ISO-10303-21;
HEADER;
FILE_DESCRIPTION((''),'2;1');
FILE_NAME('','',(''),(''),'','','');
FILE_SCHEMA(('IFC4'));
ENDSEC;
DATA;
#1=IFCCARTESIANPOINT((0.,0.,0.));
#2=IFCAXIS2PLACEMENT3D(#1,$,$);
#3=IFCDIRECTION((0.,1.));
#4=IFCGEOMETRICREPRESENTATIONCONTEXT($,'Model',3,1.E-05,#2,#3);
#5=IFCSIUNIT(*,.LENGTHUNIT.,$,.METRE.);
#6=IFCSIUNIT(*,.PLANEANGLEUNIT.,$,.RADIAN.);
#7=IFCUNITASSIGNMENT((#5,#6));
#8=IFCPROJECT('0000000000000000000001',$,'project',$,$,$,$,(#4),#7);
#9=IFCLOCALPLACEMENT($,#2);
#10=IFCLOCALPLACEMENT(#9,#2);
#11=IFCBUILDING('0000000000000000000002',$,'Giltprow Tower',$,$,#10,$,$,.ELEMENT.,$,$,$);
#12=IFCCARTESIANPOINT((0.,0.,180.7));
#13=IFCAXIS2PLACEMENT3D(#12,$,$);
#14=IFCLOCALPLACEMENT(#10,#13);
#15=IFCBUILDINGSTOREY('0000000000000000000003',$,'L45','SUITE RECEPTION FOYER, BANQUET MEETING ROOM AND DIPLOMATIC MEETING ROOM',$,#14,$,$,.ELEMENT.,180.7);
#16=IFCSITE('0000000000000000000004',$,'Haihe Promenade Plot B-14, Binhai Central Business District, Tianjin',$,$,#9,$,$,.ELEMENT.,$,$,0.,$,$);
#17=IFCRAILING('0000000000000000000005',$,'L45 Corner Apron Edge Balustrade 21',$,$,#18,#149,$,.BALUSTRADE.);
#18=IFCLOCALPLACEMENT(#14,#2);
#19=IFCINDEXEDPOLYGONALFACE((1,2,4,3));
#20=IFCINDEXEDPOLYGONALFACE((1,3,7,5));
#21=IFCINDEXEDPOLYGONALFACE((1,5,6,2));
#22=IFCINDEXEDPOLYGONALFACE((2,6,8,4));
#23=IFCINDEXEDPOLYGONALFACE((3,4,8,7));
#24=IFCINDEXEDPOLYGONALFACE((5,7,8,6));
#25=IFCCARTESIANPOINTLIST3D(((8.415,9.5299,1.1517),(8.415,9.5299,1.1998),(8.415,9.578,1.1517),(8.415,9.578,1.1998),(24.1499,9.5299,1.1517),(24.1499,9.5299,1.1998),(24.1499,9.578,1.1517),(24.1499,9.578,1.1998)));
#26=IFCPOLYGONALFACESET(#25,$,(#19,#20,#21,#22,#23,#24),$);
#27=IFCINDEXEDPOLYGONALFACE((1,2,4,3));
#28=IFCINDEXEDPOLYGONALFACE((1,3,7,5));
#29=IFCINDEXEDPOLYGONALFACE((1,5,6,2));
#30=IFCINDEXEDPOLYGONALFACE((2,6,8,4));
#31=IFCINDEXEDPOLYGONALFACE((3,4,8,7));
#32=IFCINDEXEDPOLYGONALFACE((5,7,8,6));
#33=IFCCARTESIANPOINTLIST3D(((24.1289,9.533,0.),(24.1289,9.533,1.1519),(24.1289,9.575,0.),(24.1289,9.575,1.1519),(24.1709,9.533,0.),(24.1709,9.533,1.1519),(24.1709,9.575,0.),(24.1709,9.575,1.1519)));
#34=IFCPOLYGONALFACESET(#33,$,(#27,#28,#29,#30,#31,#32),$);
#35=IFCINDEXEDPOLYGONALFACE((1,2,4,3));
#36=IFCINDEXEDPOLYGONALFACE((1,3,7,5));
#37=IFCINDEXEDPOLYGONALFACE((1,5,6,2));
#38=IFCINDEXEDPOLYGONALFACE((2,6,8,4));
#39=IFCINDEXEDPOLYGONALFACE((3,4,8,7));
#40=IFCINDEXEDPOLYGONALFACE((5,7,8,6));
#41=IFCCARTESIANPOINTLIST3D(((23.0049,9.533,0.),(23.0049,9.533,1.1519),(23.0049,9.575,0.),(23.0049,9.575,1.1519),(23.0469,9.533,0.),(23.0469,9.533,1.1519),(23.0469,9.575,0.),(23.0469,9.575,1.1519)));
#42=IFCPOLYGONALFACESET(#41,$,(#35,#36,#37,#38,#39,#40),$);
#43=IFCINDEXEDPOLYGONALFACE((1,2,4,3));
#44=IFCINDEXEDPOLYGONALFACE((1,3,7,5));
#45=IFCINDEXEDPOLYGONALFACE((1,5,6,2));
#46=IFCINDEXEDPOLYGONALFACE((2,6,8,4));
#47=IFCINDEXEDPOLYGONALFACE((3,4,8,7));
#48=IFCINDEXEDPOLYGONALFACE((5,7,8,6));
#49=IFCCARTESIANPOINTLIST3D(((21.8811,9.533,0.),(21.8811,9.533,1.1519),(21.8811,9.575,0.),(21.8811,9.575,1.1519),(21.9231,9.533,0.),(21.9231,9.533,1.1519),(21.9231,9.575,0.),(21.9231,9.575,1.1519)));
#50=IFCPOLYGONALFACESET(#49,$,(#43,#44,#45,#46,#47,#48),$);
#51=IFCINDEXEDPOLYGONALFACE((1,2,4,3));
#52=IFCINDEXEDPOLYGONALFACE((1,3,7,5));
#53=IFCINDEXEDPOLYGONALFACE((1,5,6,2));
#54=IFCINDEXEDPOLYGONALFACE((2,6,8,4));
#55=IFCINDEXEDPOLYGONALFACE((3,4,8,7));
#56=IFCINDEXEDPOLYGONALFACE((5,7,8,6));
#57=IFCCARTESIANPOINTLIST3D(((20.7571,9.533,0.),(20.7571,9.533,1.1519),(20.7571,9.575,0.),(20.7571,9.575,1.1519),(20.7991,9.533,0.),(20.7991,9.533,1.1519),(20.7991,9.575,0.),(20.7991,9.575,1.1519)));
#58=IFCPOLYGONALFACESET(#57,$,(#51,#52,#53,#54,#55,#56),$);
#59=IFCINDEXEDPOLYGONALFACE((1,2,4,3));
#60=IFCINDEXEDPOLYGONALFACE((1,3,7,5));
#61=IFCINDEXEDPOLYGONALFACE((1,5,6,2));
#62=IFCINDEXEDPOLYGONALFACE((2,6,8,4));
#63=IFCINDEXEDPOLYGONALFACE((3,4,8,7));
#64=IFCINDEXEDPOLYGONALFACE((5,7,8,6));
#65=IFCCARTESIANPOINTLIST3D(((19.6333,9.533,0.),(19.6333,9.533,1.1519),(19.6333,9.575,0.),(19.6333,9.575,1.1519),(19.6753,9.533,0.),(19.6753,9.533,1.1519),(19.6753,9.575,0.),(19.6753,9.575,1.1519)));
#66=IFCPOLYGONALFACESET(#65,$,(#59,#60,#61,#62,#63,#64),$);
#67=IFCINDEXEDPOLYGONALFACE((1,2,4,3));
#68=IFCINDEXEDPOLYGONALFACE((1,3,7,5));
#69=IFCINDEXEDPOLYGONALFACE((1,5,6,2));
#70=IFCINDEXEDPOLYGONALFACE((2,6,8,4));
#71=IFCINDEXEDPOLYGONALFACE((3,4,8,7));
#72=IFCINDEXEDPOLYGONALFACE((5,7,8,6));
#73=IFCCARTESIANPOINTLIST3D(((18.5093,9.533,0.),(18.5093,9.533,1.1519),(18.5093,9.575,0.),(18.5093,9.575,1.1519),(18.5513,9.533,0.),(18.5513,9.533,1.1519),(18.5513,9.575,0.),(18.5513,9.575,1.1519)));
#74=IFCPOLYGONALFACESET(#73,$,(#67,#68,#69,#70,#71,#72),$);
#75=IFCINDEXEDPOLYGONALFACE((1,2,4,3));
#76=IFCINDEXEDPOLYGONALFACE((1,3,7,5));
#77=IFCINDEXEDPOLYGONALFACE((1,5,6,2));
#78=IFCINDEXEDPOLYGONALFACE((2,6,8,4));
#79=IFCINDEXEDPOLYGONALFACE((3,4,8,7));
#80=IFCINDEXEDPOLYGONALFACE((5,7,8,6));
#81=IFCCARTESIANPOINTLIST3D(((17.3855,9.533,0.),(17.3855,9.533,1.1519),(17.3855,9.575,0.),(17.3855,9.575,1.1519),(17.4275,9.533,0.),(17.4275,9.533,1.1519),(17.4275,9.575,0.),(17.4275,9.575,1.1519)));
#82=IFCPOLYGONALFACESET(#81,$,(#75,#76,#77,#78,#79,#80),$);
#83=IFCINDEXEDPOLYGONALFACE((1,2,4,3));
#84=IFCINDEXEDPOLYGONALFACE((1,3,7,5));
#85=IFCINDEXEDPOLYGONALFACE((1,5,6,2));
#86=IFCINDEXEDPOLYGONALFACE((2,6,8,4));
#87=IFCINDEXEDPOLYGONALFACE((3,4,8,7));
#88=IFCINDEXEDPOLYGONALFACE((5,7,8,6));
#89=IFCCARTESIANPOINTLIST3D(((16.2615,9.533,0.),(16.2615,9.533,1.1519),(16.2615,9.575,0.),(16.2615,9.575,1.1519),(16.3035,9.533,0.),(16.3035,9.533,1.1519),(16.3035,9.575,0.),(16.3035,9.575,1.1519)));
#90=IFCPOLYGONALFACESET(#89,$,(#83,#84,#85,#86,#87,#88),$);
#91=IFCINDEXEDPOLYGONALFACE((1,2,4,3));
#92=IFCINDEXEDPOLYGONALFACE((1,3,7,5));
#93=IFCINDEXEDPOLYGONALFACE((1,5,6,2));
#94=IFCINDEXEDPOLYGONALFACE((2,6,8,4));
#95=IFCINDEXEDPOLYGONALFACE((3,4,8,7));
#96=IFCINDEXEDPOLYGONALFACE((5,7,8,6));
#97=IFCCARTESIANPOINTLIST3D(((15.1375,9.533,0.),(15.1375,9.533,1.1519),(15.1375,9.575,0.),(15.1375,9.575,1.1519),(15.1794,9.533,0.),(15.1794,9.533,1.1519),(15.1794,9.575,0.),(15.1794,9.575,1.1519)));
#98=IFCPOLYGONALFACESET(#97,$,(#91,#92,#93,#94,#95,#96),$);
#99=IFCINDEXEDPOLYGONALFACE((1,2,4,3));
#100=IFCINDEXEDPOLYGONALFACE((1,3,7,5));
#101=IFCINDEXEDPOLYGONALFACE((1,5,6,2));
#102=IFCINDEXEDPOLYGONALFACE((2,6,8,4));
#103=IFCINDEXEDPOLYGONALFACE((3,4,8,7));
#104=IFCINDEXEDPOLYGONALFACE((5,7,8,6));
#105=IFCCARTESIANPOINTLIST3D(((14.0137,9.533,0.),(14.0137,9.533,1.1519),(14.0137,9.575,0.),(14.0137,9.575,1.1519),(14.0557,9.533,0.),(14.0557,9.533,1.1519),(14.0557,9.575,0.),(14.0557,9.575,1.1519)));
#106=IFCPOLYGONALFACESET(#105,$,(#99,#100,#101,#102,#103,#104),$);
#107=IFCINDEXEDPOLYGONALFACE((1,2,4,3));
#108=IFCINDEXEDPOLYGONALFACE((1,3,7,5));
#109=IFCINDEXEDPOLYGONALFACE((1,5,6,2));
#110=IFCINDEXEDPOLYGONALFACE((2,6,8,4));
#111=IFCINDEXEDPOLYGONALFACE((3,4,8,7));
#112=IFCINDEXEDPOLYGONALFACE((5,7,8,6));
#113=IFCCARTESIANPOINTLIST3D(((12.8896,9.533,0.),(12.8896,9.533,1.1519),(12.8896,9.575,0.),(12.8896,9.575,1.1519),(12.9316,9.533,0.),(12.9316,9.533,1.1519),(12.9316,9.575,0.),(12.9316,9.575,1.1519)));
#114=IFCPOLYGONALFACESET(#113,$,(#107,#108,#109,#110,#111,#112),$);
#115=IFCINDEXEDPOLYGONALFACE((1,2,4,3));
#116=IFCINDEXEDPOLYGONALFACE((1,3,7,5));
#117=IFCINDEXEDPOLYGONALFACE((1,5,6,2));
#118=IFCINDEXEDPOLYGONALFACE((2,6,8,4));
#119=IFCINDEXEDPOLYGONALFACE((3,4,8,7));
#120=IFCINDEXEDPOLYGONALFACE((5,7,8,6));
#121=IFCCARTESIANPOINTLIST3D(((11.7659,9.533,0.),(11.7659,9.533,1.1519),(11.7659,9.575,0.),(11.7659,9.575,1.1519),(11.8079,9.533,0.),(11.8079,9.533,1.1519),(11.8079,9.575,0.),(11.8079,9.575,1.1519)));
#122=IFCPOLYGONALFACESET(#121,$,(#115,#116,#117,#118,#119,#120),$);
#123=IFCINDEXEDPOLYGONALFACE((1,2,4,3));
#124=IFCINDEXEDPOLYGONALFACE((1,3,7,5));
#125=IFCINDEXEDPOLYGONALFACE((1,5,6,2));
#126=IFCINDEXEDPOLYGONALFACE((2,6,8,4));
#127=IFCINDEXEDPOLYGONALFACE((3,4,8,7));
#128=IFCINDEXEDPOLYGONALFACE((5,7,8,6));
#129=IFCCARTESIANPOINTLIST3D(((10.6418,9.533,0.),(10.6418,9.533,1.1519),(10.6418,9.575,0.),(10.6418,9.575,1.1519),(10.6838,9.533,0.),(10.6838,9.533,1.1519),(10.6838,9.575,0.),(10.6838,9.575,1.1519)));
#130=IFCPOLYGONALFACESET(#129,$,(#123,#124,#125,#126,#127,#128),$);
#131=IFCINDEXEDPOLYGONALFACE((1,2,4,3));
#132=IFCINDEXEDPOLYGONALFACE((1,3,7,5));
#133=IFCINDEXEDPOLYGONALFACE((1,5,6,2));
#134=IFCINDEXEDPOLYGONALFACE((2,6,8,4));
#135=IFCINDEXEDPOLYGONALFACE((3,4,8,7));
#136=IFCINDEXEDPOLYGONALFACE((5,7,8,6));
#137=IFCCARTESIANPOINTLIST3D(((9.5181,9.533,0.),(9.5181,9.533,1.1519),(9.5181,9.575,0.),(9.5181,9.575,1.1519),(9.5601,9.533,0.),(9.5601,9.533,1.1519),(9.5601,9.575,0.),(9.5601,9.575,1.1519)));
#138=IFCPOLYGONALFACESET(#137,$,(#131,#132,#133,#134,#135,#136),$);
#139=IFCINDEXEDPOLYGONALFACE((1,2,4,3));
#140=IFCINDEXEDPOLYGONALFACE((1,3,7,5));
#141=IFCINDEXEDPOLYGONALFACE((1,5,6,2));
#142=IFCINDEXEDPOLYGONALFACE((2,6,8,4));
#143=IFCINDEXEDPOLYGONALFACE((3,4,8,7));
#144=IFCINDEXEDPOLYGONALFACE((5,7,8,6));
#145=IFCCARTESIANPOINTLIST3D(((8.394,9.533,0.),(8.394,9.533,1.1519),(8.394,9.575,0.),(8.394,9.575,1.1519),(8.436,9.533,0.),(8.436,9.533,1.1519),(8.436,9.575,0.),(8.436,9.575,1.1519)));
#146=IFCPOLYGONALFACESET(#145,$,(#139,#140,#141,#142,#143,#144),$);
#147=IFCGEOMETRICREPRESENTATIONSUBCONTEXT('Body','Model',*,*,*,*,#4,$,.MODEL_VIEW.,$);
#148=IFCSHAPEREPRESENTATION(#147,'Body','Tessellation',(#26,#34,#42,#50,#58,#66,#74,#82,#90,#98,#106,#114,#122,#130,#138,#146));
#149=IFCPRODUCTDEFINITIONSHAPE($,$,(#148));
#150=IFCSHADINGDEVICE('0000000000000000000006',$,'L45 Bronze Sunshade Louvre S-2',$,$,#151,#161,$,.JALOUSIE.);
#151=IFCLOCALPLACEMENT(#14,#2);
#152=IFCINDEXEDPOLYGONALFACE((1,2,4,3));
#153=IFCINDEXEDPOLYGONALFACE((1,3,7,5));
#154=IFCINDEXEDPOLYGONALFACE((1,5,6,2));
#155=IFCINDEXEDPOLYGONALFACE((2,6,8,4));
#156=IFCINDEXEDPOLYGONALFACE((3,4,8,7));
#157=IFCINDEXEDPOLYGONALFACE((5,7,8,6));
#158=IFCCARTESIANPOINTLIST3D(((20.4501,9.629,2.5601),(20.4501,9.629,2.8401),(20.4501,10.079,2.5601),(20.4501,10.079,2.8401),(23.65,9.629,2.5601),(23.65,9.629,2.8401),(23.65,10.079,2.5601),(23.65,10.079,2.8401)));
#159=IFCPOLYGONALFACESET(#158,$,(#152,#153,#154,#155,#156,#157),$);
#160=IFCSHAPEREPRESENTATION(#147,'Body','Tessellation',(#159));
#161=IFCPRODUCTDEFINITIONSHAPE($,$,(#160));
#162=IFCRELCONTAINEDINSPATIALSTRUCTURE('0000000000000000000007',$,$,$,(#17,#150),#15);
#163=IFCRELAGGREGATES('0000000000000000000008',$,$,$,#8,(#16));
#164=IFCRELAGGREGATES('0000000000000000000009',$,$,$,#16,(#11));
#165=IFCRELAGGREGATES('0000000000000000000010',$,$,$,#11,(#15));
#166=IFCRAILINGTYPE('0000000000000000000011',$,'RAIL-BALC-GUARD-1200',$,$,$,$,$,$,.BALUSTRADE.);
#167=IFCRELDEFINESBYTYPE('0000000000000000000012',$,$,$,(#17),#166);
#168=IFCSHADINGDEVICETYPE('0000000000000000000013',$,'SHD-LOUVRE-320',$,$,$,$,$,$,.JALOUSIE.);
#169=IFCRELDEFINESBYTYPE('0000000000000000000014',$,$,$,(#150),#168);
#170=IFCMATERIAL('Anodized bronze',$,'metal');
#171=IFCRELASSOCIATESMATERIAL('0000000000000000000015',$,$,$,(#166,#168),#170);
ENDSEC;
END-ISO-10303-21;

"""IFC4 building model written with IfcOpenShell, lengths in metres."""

from ifc_helpers import new_model, si_unit, direction, frame, origin, origin_2d, place, context, subcontext, project, spatial, rectangle, extrude, source, transform, mapped, material, type_object, element, save


model = new_model("IFC4")

# Units and contexts
model_context = context("Model", 3, precision=1e-05, world=origin(), true_north=direction((0.0, 1.0)))
body_context = subcontext(model_context, "Body", "Model", "MODEL_VIEW")
ifc_project = project(units=[si_unit("LENGTHUNIT", "METRE"), si_unit("PLANEANGLEUNIT", "RADIAN")], contexts=[model_context])

# Site, building, storey
site_placement = place(None, origin())
site = spatial("IfcSite", under=ifc_project, at=site_placement, Name="Haihe Promenade Plot B-14, Binhai Central Business District, Tianjin", CompositionType="ELEMENT", RefElevation=0.0)
building_placement = place(site_placement, origin())
building = spatial("IfcBuilding", under=site, at=building_placement, Name="Giltprow Tower", CompositionType="ELEMENT")
storey_placement = place(building_placement, frame((0.0, 0.0, 180.7)))
storey = spatial("IfcBuildingStorey", under=building, at=storey_placement, Name="L45", Description="SUITE RECEPTION FOYER, BANQUET MEETING ROOM AND DIPLOMATIC MEETING ROOM", CompositionType="ELEMENT", Elevation=180.7)

# Railing
ifc_material_1 = material(Name="Anodized bronze", Category="metal")
railing_type = type_object("IfcRailingType", Name="RAIL-BALC-GUARD-1200", PredefinedType="BALUSTRADE", material=ifc_material_1)
railing_1_placement = place(storey_placement, frame((24.1499, 9.554, 0.0)))
element("IfcRailing", 1, at=railing_1_placement, inside=storey, type_object=railing_type, Name="L45 Corner Apron Edge Balustrade 21", PredefinedType="BALUSTRADE", context=body_context, shape_type="SweptSolid", body=[
    extrude(rectangle(XDim=0.0481, YDim=0.0481, at=origin_2d()), frame((0.0, 0.0, 1.1758), z_axis=(-1.0, 0.0, 0.0), x_axis=(0.0, -1.0, 0.0)), (0.0, 0.0, 1.0), 15.7349),
    extrude(rectangle(XDim=0.042, YDim=0.042, at=origin_2d()), origin(), (0.0, 0.0, 1.0), 1.1519),
    extrude(rectangle(XDim=0.042, YDim=0.042, at=origin_2d()), frame((-1.124, 0.0, 0.0)), (0.0, 0.0, 1.0), 1.1519),
    extrude(rectangle(XDim=0.042, YDim=0.042, at=origin_2d()), frame((-2.2478, 0.0, 0.0)), (0.0, 0.0, 1.0), 1.1519),
    extrude(rectangle(XDim=0.042, YDim=0.042, at=origin_2d()), frame((-3.3718, 0.0, 0.0)), (0.0, 0.0, 1.0), 1.1519),
    extrude(rectangle(XDim=0.042, YDim=0.042, at=origin_2d()), frame((-4.4956, 0.0, 0.0)), (0.0, 0.0, 1.0), 1.1519),
    extrude(rectangle(XDim=0.042, YDim=0.042, at=origin_2d()), frame((-5.6196, 0.0, 0.0)), (0.0, 0.0, 1.0), 1.1519),
    extrude(rectangle(XDim=0.042, YDim=0.042, at=origin_2d()), frame((-6.7434, 0.0, 0.0)), (0.0, 0.0, 1.0), 1.1519),
    extrude(rectangle(XDim=0.042, YDim=0.042, at=origin_2d()), frame((-7.8674, 0.0, 0.0)), (0.0, 0.0, 1.0), 1.1519),
    extrude(rectangle(XDim=0.042, YDim=0.042, at=origin_2d()), frame((-8.9915, 0.0, 0.0)), (0.0, 0.0, 1.0), 1.1519),
    extrude(rectangle(XDim=0.042, YDim=0.042, at=origin_2d()), frame((-10.1152, 0.0, 0.0)), (0.0, 0.0, 1.0), 1.1519),
    extrude(rectangle(XDim=0.042, YDim=0.042, at=origin_2d()), frame((-11.2393, 0.0, 0.0)), (0.0, 0.0, 1.0), 1.1519),
    extrude(rectangle(XDim=0.042, YDim=0.042, at=origin_2d()), frame((-12.363, 0.0, 0.0)), (0.0, 0.0, 1.0), 1.1519),
    extrude(rectangle(XDim=0.042, YDim=0.042, at=origin_2d()), frame((-13.4871, 0.0, 0.0)), (0.0, 0.0, 1.0), 1.1519),
    extrude(rectangle(XDim=0.042, YDim=0.042, at=origin_2d()), frame((-14.6108, 0.0, 0.0)), (0.0, 0.0, 1.0), 1.1519),
    extrude(rectangle(XDim=0.042, YDim=0.042, at=origin_2d()), frame((-15.7349, 0.0, 0.0)), (0.0, 0.0, 1.0), 1.1519),
])

# Shading device
shading_device_type = type_object("IfcShadingDeviceType", Name="SHD-LOUVRE-320", PredefinedType="JALOUSIE", material=ifc_material_1)
shared_shape_1 = source(origin(), body_context, "Body", "SweptSolid", [
    extrude(rectangle(XDim=3.2, YDim=0.45, at=origin_2d()), origin(), (0.0, 0.0, 1.0), 0.28),
])
shading_device_placement = place(storey_placement, frame((22.05, 9.854, 2.5601), z_axis=(0.0, 0.0, 1.0), x_axis=(1.0, 0.0, 0.0)))
element("IfcShadingDevice", 2, at=shading_device_placement, inside=storey, type_object=shading_device_type, Name="L45 Bronze Sunshade Louvre S-2", PredefinedType="JALOUSIE", context=body_context, shape_type="MappedRepresentation", body=[
    mapped(shared_shape_1, transform((0.0, 0.0, 0.0), x_axis=(1.0, 0.0, 0.0), y_axis=(0.0, 1.0, 0.0), z_axis=(0.0, 0.0, 1.0), scale=1.0)),
])

save(model, "model.ifc")
